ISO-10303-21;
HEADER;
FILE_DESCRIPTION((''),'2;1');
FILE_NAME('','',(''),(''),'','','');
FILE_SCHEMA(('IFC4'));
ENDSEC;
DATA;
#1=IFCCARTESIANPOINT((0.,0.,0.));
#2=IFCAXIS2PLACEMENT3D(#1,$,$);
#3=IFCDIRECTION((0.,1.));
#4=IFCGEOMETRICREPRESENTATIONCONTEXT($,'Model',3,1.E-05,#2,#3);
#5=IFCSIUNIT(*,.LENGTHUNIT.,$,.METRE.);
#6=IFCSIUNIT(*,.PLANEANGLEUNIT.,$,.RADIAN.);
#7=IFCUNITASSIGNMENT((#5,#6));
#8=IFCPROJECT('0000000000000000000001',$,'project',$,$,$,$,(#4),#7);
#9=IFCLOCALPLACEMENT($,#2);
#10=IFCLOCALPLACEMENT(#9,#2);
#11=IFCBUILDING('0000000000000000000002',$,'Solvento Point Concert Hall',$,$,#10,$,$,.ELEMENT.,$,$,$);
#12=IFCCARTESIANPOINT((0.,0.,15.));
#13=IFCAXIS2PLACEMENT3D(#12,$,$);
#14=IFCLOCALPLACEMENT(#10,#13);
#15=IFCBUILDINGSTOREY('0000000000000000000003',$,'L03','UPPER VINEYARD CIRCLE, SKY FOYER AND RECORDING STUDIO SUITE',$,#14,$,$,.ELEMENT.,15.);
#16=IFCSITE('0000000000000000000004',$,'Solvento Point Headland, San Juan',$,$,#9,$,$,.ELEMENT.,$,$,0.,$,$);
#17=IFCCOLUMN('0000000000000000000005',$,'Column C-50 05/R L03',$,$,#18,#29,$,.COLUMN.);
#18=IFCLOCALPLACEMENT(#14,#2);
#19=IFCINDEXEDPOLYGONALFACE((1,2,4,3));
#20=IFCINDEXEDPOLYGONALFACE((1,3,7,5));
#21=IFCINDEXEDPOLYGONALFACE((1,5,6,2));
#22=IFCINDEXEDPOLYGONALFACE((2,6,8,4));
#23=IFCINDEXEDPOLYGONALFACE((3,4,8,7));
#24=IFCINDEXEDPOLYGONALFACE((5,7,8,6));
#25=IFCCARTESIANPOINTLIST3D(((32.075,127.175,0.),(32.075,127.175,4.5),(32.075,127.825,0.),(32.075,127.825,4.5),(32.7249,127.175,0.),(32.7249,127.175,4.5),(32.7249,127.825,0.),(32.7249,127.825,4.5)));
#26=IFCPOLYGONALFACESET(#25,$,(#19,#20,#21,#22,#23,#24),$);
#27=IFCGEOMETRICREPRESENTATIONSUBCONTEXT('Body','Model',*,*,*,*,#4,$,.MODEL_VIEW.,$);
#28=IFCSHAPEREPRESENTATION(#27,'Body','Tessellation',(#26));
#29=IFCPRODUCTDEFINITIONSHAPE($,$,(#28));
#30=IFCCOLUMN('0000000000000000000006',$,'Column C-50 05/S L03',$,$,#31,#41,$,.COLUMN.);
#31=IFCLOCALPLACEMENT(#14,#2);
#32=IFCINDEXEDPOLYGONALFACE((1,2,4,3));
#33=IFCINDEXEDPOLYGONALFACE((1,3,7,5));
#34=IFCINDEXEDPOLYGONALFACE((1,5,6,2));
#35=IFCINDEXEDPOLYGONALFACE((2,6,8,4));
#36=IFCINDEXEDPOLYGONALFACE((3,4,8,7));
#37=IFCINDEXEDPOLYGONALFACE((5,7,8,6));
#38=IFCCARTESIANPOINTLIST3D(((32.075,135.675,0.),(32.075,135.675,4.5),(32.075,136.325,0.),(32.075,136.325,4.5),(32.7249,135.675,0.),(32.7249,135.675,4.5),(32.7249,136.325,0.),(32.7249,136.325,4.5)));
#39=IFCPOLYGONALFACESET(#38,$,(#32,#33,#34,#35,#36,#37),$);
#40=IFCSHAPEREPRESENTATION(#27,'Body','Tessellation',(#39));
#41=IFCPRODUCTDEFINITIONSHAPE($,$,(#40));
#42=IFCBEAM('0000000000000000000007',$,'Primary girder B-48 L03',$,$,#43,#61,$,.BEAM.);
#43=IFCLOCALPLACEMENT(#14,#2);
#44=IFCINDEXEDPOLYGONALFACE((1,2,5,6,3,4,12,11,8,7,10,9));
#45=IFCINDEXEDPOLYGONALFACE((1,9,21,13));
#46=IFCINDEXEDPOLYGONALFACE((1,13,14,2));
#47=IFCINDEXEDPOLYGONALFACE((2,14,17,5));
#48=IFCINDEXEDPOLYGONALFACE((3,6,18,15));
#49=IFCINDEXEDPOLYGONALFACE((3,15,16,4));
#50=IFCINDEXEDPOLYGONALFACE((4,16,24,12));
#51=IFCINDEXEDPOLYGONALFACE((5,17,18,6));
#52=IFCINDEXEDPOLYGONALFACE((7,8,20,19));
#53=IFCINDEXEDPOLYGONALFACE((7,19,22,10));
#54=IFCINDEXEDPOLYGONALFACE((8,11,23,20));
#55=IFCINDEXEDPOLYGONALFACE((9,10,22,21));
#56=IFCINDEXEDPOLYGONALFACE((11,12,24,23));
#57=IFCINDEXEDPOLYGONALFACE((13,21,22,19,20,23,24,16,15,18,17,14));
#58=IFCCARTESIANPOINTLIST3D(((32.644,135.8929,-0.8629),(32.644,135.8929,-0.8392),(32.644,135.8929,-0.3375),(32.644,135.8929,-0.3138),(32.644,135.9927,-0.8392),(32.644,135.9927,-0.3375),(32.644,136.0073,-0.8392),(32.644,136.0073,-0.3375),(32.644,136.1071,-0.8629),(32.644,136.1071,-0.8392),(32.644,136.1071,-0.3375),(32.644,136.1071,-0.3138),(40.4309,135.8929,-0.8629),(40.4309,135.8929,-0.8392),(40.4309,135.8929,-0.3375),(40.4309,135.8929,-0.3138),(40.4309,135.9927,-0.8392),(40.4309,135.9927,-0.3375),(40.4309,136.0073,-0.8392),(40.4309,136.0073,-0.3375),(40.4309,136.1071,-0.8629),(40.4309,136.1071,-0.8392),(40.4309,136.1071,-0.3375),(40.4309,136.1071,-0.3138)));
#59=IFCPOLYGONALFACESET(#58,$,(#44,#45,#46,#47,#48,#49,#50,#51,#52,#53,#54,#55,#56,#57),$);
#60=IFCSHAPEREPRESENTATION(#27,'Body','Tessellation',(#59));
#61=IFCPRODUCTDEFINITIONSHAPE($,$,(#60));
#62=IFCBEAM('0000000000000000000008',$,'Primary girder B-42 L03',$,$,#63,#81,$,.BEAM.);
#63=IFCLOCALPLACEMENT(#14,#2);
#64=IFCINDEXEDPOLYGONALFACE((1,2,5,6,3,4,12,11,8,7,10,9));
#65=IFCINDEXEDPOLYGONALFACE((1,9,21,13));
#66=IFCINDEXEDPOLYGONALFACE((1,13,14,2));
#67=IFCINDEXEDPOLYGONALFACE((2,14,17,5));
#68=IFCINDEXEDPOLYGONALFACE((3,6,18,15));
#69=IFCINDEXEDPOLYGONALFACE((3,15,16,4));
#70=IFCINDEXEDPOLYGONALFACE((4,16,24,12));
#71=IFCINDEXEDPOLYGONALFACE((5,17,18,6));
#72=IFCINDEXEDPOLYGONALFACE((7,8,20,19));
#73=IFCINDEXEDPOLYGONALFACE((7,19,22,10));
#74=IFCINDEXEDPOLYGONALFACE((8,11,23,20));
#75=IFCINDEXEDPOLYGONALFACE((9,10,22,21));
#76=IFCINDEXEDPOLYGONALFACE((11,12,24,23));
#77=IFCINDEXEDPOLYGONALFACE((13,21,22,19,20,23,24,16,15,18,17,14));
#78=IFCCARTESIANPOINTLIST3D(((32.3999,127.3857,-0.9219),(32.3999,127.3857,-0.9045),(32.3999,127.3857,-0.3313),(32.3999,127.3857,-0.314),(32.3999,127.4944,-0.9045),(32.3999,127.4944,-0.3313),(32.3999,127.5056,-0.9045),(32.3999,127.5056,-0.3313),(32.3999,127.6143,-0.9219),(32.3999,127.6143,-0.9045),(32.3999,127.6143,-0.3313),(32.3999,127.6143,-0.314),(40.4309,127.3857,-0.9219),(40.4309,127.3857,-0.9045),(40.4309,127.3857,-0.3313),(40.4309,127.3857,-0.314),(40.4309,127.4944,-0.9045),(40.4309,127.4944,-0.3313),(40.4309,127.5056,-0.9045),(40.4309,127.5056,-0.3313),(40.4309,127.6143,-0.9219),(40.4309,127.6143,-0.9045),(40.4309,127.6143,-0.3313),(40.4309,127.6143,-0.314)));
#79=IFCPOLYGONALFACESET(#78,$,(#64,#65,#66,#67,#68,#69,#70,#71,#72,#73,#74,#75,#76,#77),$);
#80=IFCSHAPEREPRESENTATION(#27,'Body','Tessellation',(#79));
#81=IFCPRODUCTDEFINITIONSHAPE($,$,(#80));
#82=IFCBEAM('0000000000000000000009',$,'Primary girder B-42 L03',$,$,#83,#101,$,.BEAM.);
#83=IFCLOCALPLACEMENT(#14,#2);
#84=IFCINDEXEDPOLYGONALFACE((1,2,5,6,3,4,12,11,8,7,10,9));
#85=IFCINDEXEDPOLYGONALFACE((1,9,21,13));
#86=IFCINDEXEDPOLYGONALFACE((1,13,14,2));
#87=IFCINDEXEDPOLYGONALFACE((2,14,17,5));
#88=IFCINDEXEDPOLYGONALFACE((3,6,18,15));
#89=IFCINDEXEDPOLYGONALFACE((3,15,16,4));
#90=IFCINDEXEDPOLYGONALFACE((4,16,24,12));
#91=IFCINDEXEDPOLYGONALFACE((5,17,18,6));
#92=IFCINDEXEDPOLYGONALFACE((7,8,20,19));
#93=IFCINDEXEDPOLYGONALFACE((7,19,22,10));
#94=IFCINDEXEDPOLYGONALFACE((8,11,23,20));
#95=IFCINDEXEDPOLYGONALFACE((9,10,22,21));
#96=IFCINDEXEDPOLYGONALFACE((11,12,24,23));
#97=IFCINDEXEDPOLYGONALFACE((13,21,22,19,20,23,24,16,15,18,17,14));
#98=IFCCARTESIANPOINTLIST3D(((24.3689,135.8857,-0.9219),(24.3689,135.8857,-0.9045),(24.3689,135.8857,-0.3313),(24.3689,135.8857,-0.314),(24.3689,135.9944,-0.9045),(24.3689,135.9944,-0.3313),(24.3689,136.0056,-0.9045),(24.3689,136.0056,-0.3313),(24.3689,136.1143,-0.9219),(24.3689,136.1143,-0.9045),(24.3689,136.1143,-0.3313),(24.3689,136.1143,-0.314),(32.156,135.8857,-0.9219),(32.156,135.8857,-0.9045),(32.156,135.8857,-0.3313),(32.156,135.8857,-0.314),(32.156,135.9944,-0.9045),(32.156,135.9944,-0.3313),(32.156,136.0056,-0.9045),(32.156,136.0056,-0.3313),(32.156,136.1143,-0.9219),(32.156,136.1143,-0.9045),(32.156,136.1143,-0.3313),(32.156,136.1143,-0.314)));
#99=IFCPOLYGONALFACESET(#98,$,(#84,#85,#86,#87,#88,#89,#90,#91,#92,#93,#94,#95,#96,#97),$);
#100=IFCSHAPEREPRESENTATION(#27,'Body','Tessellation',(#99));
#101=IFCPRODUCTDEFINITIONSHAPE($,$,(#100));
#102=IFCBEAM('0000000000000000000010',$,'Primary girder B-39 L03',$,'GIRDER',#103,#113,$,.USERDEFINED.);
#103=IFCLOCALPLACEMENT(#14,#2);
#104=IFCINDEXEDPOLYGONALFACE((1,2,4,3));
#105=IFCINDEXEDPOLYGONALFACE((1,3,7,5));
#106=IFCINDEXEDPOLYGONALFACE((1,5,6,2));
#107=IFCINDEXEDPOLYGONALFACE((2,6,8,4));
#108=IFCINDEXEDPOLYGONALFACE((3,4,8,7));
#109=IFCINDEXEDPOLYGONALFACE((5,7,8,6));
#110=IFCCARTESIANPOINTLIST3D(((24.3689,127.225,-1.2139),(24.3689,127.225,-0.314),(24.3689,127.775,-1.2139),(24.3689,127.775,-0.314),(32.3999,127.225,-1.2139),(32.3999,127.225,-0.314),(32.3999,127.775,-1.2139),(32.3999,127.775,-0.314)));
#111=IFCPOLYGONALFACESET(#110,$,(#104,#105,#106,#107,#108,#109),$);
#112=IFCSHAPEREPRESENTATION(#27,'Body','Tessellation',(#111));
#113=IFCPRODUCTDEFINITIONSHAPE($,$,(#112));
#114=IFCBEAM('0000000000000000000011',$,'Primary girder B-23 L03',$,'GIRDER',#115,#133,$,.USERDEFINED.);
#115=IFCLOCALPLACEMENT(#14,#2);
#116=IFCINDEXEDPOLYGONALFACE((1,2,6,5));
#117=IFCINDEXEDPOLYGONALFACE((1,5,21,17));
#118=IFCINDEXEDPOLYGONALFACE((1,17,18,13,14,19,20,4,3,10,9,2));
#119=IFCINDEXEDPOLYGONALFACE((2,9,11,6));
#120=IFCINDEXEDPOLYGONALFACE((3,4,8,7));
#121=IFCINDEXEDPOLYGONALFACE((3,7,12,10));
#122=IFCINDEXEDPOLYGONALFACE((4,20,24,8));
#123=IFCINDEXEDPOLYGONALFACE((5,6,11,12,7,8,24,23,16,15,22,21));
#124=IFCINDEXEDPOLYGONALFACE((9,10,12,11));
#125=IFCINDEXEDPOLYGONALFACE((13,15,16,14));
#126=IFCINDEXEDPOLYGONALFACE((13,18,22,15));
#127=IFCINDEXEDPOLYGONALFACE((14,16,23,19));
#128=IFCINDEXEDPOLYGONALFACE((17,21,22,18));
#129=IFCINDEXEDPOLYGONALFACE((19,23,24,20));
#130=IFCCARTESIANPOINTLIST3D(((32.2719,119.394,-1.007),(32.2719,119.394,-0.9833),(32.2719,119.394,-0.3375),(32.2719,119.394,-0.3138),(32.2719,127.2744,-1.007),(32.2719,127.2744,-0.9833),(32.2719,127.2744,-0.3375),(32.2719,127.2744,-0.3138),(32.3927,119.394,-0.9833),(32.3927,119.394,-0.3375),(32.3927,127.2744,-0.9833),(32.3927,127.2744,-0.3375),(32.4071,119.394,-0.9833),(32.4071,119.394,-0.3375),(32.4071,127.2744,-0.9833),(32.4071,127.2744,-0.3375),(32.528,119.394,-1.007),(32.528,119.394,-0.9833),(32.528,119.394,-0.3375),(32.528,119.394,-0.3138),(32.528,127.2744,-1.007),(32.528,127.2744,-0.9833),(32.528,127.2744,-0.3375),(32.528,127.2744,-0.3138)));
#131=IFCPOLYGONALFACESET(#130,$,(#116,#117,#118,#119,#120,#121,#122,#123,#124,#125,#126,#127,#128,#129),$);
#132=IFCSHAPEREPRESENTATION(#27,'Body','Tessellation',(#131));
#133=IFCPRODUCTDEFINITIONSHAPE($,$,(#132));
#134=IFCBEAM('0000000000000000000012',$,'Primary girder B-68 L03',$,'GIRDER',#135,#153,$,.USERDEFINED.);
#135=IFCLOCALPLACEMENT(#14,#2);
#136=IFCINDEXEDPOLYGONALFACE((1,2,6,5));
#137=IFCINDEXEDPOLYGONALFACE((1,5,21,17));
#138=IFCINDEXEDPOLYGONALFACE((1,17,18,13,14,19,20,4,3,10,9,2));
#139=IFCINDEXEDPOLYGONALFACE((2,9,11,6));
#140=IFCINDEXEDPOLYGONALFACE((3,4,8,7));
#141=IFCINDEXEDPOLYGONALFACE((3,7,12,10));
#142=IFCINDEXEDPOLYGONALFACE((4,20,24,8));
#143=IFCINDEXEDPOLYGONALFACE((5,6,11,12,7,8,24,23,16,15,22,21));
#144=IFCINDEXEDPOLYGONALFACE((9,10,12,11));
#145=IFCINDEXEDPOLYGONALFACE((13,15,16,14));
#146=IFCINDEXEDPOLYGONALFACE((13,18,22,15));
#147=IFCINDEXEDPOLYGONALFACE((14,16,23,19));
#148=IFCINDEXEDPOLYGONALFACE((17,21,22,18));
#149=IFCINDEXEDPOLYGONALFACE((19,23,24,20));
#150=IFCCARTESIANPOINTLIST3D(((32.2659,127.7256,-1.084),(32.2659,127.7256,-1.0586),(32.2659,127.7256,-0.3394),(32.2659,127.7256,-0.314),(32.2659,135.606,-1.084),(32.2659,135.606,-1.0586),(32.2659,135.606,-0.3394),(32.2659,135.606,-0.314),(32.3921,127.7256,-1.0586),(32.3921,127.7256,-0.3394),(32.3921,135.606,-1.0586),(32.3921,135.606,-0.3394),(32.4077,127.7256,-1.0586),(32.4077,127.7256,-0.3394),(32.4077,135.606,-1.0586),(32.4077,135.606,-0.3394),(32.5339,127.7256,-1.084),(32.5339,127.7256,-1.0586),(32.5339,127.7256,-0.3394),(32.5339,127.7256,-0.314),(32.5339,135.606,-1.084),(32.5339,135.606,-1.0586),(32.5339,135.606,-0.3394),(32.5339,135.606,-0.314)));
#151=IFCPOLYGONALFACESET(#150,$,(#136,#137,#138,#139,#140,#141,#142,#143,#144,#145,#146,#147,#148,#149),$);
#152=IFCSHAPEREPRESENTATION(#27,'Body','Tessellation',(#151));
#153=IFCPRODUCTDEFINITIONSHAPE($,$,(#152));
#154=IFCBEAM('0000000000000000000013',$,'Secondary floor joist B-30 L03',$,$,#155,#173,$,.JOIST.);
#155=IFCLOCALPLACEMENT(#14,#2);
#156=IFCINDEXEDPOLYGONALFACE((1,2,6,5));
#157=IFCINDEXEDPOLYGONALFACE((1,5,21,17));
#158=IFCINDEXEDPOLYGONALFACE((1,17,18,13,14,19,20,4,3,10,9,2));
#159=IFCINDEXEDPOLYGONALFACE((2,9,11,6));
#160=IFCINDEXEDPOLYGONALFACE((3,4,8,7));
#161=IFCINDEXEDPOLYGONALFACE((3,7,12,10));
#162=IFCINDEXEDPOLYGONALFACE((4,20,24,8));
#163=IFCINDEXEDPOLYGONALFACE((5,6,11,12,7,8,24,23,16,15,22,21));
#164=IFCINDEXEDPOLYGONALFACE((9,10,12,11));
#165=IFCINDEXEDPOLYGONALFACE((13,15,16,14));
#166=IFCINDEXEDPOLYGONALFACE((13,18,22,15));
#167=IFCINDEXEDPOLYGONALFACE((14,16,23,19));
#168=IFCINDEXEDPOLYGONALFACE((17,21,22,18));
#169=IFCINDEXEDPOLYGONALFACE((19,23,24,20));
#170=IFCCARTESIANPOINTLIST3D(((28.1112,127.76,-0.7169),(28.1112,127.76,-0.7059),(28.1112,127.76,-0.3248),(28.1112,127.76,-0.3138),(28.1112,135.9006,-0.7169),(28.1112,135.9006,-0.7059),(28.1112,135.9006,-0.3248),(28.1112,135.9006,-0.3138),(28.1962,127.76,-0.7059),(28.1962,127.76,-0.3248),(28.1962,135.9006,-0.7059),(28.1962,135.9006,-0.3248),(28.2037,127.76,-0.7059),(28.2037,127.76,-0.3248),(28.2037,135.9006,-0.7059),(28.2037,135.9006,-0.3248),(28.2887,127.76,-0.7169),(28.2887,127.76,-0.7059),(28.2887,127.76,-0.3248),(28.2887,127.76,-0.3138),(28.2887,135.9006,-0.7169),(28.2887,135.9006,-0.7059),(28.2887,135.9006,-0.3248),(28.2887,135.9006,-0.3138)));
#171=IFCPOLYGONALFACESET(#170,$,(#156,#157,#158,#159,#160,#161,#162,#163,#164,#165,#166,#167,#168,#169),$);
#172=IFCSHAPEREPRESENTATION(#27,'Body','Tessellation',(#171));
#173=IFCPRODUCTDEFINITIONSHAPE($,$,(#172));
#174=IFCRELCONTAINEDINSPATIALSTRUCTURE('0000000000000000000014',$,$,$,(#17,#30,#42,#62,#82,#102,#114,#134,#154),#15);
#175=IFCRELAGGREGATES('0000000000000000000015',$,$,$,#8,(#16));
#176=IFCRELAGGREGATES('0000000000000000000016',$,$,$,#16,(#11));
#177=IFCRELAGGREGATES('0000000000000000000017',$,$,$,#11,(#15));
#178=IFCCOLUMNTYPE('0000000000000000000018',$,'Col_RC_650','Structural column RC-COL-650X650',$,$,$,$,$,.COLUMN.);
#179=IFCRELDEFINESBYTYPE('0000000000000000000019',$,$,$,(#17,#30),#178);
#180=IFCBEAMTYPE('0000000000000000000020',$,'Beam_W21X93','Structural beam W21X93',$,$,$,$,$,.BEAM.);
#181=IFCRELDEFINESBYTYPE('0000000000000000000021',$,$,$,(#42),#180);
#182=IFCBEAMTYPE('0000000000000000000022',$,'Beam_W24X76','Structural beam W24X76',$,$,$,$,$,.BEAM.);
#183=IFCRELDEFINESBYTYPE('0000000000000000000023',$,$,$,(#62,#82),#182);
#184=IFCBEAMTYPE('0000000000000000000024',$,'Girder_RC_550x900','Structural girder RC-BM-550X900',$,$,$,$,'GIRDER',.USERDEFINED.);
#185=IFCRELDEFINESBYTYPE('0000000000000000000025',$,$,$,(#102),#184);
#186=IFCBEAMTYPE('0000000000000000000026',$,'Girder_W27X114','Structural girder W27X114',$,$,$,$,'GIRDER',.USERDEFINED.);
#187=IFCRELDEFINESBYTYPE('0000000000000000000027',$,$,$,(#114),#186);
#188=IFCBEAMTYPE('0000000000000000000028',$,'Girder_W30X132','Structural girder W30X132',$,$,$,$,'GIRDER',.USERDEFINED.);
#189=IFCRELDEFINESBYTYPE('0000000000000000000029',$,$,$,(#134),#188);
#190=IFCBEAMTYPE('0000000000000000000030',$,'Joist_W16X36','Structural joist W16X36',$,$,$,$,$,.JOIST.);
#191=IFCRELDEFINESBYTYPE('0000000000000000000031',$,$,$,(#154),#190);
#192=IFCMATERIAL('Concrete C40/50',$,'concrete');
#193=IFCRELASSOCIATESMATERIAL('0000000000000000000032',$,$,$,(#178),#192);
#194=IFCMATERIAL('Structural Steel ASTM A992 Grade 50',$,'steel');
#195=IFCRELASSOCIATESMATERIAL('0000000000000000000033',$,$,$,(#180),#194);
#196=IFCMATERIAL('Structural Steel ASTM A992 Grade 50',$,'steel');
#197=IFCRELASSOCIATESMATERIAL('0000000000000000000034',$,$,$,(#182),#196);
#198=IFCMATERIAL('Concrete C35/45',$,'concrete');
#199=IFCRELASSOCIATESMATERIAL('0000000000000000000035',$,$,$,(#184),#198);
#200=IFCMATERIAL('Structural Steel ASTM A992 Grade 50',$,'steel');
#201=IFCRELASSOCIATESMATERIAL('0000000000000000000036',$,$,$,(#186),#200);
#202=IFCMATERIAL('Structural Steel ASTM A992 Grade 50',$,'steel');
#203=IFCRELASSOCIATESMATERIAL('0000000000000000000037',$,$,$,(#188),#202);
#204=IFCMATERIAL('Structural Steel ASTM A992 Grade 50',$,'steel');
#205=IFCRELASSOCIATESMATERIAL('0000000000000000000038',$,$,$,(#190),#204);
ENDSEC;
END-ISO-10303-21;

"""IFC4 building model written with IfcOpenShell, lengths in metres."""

from ifc_helpers import new_model, si_unit, direction, frame, origin, origin_2d, place, context, subcontext, project, spatial, rectangle, i_section, extrude, material, material_profile, profile_set, type_object, element, save


model = new_model("IFC4")

# Units and contexts
model_context = context("Model", 3, precision=1e-05, world=origin(), true_north=direction((0.0, 1.0)))
body_context = subcontext(model_context, "Body", "Model", "MODEL_VIEW")
ifc_project = project(units=[si_unit("LENGTHUNIT", "METRE"), si_unit("PLANEANGLEUNIT", "RADIAN")], contexts=[model_context])

# Site, building, storey
site_placement = place(None, origin())
site = spatial("IfcSite", under=ifc_project, at=site_placement, Name="Solvento Point Headland, San Juan", CompositionType="ELEMENT", RefElevation=0.0)
building_placement = place(site_placement, origin())
building = spatial("IfcBuilding", under=site, at=building_placement, Name="Solvento Point Concert Hall", CompositionType="ELEMENT")
storey_placement = place(building_placement, frame((0.0, 0.0, 15.0)))
storey = spatial("IfcBuildingStorey", under=building, at=storey_placement, Name="L03", Description="UPPER VINEYARD CIRCLE, SKY FOYER AND RECORDING STUDIO SUITE", CompositionType="ELEMENT", Elevation=15.0)

# Columns
ifc_material_1 = material(Name="Concrete C40/50", Category="concrete")
ifc_material_profile_1 = material_profile(ifc_material_1, rectangle(XDim=0.6499, YDim=0.6499, at=origin_2d()), Name="RC-COL-650X650")
ifc_profile_set_1 = profile_set([ifc_material_profile_1], Name="Concrete C40/50")
column_type = type_object("IfcColumnType", Name="Col_RC_650", Description="Structural column RC-COL-650X650", PredefinedType="COLUMN", material=ifc_profile_set_1)
for number, where, z_axis, x_axis, name in (
    (1, (32.3999, 127.5, 0.0), (0.0, 0.0, 1.0), (1.0, 0.0, 0.0), "Column C-50 05/R L03"),
    (2, (32.3999, 136.0, 0.0), (0.0, 0.0, 1.0), (1.0, 0.0, 0.0), "Column C-50 05/S L03"),
):
    element("IfcColumn", number, at=place(storey_placement, frame(where, z_axis=z_axis, x_axis=x_axis)), inside=storey, type_object=column_type, Name=name, PredefinedType="COLUMN", context=body_context, shape_type="SweptSolid", body=[
        extrude(rectangle(XDim=0.6499, YDim=0.6499, at=origin_2d()), origin(), (0.0, 0.0, 1.0), 4.5),
    ])

# Beams
ifc_material_2 = material(Name="Structural Steel ASTM A992 Grade 50", Category="steel")
ifc_material_profile_2 = material_profile(ifc_material_2, i_section(OverallWidth=0.2141, OverallDepth=0.5491, WebThickness=0.0146, FlangeThickness=0.0237, at=origin_2d()), Name="W21X93")
ifc_profile_set_2 = profile_set([ifc_material_profile_2], Name="Structural Steel ASTM A992 Grade 50")
beam_type_1 = type_object("IfcBeamType", Name="Beam_W21X93", Description="Structural beam W21X93", PredefinedType="BEAM", material=ifc_profile_set_2)
beam_1_placement = place(storey_placement, frame((32.644, 136.0, -0.5884), z_axis=(1.0, 0.0, 0.0), x_axis=(0.0, 1.0, 0.0)))
element("IfcBeam", 3, at=beam_1_placement, inside=storey, type_object=beam_type_1, Name="Primary girder B-48 L03", PredefinedType="BEAM", context=body_context, shape_type="SweptSolid", body=[
    extrude(i_section(OverallWidth=0.2141, OverallDepth=0.5491, WebThickness=0.0146, FlangeThickness=0.0237, at=origin_2d()), origin(), (0.0, 0.0, 1.0), 7.7869),
])
ifc_material_3 = material(Name="Structural Steel ASTM A992 Grade 50", Category="steel")
ifc_material_profile_3 = material_profile(ifc_material_3, i_section(OverallWidth=0.2285, OverallDepth=0.6079, WebThickness=0.0112, FlangeThickness=0.0173, at=origin_2d()), Name="W24X76")
ifc_profile_set_3 = profile_set([ifc_material_profile_3], Name="Structural Steel ASTM A992 Grade 50")
beam_type_2 = type_object("IfcBeamType", Name="Beam_W24X76", Description="Structural beam W24X76", PredefinedType="BEAM", material=ifc_profile_set_3)
beam_2_placement = place(storey_placement, frame((32.3999, 127.5, -0.6179), z_axis=(1.0, 0.0, 0.0), x_axis=(0.0, 1.0, 0.0)))
element("IfcBeam", 4, at=beam_2_placement, inside=storey, type_object=beam_type_2, Name="Primary girder B-42 L03", PredefinedType="BEAM", context=body_context, shape_type="SweptSolid", body=[
    extrude(i_section(OverallWidth=0.2285, OverallDepth=0.6079, WebThickness=0.0112, FlangeThickness=0.0173, at=origin_2d()), origin(), (0.0, 0.0, 1.0), 8.031),
])
beam_3_placement = place(storey_placement, frame((24.3689, 136.0, -0.6179), z_axis=(1.0, 0.0, 0.0), x_axis=(0.0, 1.0, 0.0)))
element("IfcBeam", 5, at=beam_3_placement, inside=storey, type_object=beam_type_2, Name="Primary girder B-42 L03", PredefinedType="BEAM", context=body_context, shape_type="SweptSolid", body=[
    extrude(i_section(OverallWidth=0.2285, OverallDepth=0.6079, WebThickness=0.0112, FlangeThickness=0.0173, at=origin_2d()), origin(), (0.0, 0.0, 1.0), 7.7871),
])
ifc_material_4 = material(Name="Concrete C35/45", Category="concrete")
ifc_material_profile_4 = material_profile(ifc_material_4, rectangle(XDim=0.55, YDim=0.8999, at=origin_2d()), Name="RC-BM-550X900")
ifc_profile_set_4 = profile_set([ifc_material_profile_4], Name="Concrete C35/45")
beam_type_3 = type_object("IfcBeamType", Name="Girder_RC_550x900", Description="Structural girder RC-BM-550X900", ElementType="GIRDER", PredefinedType="USERDEFINED", material=ifc_profile_set_4)
beam_4_placement = place(storey_placement, frame((24.3689, 127.5, -0.7639), z_axis=(1.0, 0.0, 0.0), x_axis=(0.0, 1.0, 0.0)))
element("IfcBeam", 6, at=beam_4_placement, inside=storey, type_object=beam_type_3, Name="Primary girder B-39 L03", ObjectType="GIRDER", PredefinedType="USERDEFINED", context=body_context, shape_type="SweptSolid", body=[
    extrude(rectangle(XDim=0.55, YDim=0.8999, at=origin_2d()), origin(), (0.0, 0.0, 1.0), 8.031),
])
ifc_material_5 = material(Name="Structural Steel ASTM A992 Grade 50", Category="steel")
ifc_material_profile_5 = material_profile(ifc_material_5, i_section(OverallWidth=0.2561, OverallDepth=0.6931, WebThickness=0.0144, FlangeThickness=0.0237, at=origin_2d()), Name="W27X114")
ifc_profile_set_5 = profile_set([ifc_material_profile_5], Name="Structural Steel ASTM A992 Grade 50")
beam_type_4 = type_object("IfcBeamType", Name="Girder_W27X114", Description="Structural girder W27X114", ElementType="GIRDER", PredefinedType="USERDEFINED", material=ifc_profile_set_5)
beam_5_placement = place(storey_placement, frame((32.3999, 119.394, -0.6604), z_axis=(0.0, 1.0, 0.0), x_axis=(-1.0, 0.0, 0.0)))
element("IfcBeam", 7, at=beam_5_placement, inside=storey, type_object=beam_type_4, Name="Primary girder B-23 L03", ObjectType="GIRDER", PredefinedType="USERDEFINED", context=body_context, shape_type="SweptSolid", body=[
    extrude(i_section(OverallWidth=0.2561, OverallDepth=0.6931, WebThickness=0.0144, FlangeThickness=0.0237, at=origin_2d()), origin(), (0.0, 0.0, 1.0), 7.8804),
])
ifc_material_6 = material(Name="Structural Steel ASTM A992 Grade 50", Category="steel")
ifc_material_profile_6 = material_profile(ifc_material_6, i_section(OverallWidth=0.2681, OverallDepth=0.77, WebThickness=0.0156, FlangeThickness=0.0254, at=origin_2d()), Name="W30X132")
ifc_profile_set_6 = profile_set([ifc_material_profile_6], Name="Structural Steel ASTM A992 Grade 50")
beam_type_5 = type_object("IfcBeamType", Name="Girder_W30X132", Description="Structural girder W30X132", ElementType="GIRDER", PredefinedType="USERDEFINED", material=ifc_profile_set_6)
beam_6_placement = place(storey_placement, frame((32.3999, 127.7256, -0.699), z_axis=(0.0, 1.0, 0.0), x_axis=(-1.0, 0.0, 0.0)))
element("IfcBeam", 8, at=beam_6_placement, inside=storey, type_object=beam_type_5, Name="Primary girder B-68 L03", ObjectType="GIRDER", PredefinedType="USERDEFINED", context=body_context, shape_type="SweptSolid", body=[
    extrude(i_section(OverallWidth=0.2681, OverallDepth=0.77, WebThickness=0.0156, FlangeThickness=0.0254, at=origin_2d()), origin(), (0.0, 0.0, 1.0), 7.8804),
])
ifc_material_7 = material(Name="Structural Steel ASTM A992 Grade 50", Category="steel")
ifc_material_profile_7 = material_profile(ifc_material_7, i_section(OverallWidth=0.1775, OverallDepth=0.4031, WebThickness=0.0076, FlangeThickness=0.011, at=origin_2d()), Name="W16X36")
ifc_profile_set_7 = profile_set([ifc_material_profile_7], Name="Structural Steel ASTM A992 Grade 50")
beam_type_6 = type_object("IfcBeamType", Name="Joist_W16X36", Description="Structural joist W16X36", PredefinedType="JOIST", material=ifc_profile_set_7)
beam_7_placement = place(storey_placement, frame((28.2, 127.76, -0.5154), z_axis=(0.0, 1.0, 0.0), x_axis=(-1.0, 0.0, 0.0)))
element("IfcBeam", 9, at=beam_7_placement, inside=storey, type_object=beam_type_6, Name="Secondary floor joist B-30 L03", PredefinedType="JOIST", context=body_context, shape_type="SweptSolid", body=[
    extrude(i_section(OverallWidth=0.1775, OverallDepth=0.4031, WebThickness=0.0076, FlangeThickness=0.011, at=origin_2d()), origin(), (0.0, 0.0, 1.0), 8.1406),
])

save(model, "model.ifc")
